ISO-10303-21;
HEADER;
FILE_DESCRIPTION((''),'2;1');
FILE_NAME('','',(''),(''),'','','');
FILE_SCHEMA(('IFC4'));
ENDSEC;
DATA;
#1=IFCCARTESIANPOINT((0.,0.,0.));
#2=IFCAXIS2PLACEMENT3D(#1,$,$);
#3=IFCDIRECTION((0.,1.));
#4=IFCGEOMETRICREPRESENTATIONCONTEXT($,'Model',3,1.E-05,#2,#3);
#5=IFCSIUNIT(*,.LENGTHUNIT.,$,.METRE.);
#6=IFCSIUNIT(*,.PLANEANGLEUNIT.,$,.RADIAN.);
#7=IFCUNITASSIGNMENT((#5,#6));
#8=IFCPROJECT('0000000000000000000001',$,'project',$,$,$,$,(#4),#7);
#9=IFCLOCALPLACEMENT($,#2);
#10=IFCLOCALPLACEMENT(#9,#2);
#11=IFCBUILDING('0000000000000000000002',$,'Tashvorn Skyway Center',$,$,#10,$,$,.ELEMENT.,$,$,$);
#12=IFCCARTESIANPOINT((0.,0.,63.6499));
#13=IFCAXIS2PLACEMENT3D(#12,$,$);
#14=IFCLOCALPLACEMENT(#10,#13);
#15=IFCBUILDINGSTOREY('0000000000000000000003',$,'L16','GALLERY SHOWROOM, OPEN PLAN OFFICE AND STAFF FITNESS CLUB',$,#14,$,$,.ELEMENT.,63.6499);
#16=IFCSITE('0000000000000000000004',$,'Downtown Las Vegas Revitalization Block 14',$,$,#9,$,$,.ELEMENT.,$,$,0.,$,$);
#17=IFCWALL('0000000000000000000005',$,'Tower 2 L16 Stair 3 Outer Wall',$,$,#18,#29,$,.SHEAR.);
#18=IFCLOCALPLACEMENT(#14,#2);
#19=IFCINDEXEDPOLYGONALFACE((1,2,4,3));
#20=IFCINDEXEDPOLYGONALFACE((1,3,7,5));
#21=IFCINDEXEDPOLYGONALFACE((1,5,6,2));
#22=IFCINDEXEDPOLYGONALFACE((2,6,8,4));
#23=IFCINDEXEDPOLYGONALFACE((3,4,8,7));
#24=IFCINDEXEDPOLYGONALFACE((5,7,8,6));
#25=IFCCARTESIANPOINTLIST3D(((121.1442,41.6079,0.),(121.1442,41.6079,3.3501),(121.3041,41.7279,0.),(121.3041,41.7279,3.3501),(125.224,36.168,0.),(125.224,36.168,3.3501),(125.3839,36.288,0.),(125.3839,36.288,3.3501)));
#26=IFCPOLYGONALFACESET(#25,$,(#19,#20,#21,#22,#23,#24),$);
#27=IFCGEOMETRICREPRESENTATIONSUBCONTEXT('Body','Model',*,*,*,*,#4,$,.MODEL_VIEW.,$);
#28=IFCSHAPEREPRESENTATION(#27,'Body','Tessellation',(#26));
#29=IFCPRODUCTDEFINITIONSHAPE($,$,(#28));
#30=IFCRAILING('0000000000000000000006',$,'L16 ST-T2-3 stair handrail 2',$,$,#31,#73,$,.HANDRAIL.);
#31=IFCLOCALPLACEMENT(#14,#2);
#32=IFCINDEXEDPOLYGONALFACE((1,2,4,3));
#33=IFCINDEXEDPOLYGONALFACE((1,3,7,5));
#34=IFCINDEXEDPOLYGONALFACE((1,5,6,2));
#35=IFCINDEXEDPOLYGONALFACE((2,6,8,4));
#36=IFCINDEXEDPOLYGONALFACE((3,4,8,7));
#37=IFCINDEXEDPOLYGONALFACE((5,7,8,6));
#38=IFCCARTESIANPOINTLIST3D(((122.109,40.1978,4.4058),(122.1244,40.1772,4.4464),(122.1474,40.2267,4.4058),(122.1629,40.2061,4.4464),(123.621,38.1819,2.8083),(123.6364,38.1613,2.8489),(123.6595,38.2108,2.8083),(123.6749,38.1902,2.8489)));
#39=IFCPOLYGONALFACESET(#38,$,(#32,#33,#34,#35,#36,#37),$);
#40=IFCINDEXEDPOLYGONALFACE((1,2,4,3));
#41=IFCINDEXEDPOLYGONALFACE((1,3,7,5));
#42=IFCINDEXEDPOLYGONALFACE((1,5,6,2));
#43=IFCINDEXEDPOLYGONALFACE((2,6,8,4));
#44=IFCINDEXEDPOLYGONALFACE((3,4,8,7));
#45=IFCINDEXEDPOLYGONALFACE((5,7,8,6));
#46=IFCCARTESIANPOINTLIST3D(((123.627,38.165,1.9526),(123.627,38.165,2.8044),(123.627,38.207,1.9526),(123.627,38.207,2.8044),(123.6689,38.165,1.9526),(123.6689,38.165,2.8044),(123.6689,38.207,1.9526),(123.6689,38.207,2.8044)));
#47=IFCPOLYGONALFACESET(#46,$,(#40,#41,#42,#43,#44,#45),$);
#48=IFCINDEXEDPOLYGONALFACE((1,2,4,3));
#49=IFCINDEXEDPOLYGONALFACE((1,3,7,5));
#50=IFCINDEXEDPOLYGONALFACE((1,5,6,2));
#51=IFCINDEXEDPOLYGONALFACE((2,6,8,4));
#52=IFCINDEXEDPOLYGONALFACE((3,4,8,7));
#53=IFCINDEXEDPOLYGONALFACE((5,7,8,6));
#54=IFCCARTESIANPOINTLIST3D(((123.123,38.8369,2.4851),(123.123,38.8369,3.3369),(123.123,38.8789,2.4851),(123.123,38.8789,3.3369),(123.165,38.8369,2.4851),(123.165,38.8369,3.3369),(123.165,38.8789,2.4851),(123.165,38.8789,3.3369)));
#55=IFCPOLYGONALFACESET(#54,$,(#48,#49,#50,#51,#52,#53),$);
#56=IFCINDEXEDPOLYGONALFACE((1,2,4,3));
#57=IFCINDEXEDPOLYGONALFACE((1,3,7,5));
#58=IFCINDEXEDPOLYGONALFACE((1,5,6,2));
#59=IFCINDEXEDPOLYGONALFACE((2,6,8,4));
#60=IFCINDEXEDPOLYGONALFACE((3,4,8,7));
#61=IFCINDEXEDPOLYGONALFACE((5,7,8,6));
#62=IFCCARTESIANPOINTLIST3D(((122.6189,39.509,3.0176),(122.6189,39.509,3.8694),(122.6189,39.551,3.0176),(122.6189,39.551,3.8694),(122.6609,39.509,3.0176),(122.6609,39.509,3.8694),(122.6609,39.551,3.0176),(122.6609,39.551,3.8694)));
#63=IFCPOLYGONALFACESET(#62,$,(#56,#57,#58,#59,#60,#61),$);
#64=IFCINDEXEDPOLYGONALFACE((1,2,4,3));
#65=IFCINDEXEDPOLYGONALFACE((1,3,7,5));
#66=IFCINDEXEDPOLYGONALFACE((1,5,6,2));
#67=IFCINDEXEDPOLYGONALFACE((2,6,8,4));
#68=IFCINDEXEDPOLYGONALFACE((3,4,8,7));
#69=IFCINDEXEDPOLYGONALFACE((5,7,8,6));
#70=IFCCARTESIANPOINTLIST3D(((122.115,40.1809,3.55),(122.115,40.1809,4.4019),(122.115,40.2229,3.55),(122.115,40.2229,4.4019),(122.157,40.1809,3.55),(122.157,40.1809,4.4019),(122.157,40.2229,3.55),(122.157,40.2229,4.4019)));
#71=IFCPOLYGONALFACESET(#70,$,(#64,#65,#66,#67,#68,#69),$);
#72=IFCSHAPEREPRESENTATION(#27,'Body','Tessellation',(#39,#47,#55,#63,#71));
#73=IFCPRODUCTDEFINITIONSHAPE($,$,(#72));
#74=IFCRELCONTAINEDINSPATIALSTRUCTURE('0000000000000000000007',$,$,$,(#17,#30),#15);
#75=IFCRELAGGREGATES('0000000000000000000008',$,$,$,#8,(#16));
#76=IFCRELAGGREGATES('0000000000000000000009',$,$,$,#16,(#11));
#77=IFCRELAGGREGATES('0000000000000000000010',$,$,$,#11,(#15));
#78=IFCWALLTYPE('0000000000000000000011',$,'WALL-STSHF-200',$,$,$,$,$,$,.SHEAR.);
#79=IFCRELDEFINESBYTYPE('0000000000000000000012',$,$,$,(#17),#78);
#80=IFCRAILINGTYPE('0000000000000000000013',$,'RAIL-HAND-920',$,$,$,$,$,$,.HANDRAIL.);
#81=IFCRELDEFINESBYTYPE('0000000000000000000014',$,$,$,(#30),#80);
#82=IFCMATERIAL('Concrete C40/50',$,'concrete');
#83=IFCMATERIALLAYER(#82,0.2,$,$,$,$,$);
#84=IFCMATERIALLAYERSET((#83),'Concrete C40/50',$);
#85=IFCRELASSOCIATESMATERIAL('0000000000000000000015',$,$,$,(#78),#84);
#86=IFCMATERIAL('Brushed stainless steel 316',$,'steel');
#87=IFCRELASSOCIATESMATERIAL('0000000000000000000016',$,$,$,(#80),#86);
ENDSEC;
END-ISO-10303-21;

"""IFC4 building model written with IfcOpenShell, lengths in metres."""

from ifc_helpers import new_model, si_unit, direction, frame, frame_2d, origin, origin_2d, place, context, subcontext, project, spatial, rectangle, extrude, material, layer, layer_set, type_object, element, save


model = new_model("IFC4")

# Units and contexts
model_context = context("Model", 3, precision=1e-05, world=origin(), true_north=direction((0.0, 1.0)))
body_context = subcontext(model_context, "Body", "Model", "MODEL_VIEW")
ifc_project = project(units=[si_unit("LENGTHUNIT", "METRE"), si_unit("PLANEANGLEUNIT", "RADIAN")], contexts=[model_context])

# Site, building, storey
site_placement = place(None, origin())
site = spatial("IfcSite", under=ifc_project, at=site_placement, Name="Downtown Las Vegas Revitalization Block 14", CompositionType="ELEMENT", RefElevation=0.0)
building_placement = place(site_placement, origin())
building = spatial("IfcBuilding", under=site, at=building_placement, Name="Tashvorn Skyway Center", CompositionType="ELEMENT")
storey_placement = place(building_placement, frame((0.0, 0.0, 63.6499)))
storey = spatial("IfcBuildingStorey", under=building, at=storey_placement, Name="L16", Description="GALLERY SHOWROOM, OPEN PLAN OFFICE AND STAFF FITNESS CLUB", CompositionType="ELEMENT", Elevation=63.6499)

# Wall
ifc_material_1 = material(Name="Concrete C40/50", Category="concrete")
ifc_layer_1 = layer(ifc_material_1, 0.2)
ifc_layer_set_1 = layer_set([ifc_layer_1], Name="Concrete C40/50")
wall_type_1 = type_object("IfcWallType", Name="WALL-STSHF-200", PredefinedType="SHEAR", material=ifc_layer_set_1)
wall_1_placement = place(storey_placement, frame((125.304, 36.228, 0.0), z_axis=(0.0, 0.0, 1.0), x_axis=(-0.599989, 0.800009, 0.0)))
element("IfcWall", 1, at=wall_1_placement, inside=storey, type_object=wall_type_1, Name="Tower 2 L16 Stair 3 Outer Wall", PredefinedType="SHEAR", context=body_context, shape_type="SweptSolid", body=[
    extrude(rectangle(XDim=6.7998, YDim=0.2, at=frame_2d((3.3999, 0.0))), origin(), (0.0, 0.0, 1.0), 3.3501),
])

# Railing
ifc_material_2 = material(Name="Brushed stainless steel 316", Category="steel")
railing_type = type_object("IfcRailingType", Name="RAIL-HAND-920", PredefinedType="HANDRAIL", material=ifc_material_2)
railing_placement = place(storey_placement, frame((123.6479, 38.186, 1.9526)))
element("IfcRailing", 2, at=railing_placement, inside=storey, type_object=railing_type, Name="L16 ST-T2-3 stair handrail 2", PredefinedType="HANDRAIL", context=body_context, shape_type="SweptSolid", body=[
    extrude(rectangle(XDim=0.0481, YDim=0.0481, at=origin_2d()), frame((0.0, 0.0, 0.876), z_axis=(-0.506769, 0.675664, 0.535409), x_axis=(-0.799988, -0.600016, 0.0)), (0.0, 0.0, 1.0), 2.9836),
    extrude(rectangle(XDim=0.042, YDim=0.042, at=origin_2d()), origin(), (0.0, 0.0, 1.0), 0.8518),
    extrude(rectangle(XDim=0.042, YDim=0.042, at=origin_2d()), frame((-0.5039, 0.6719, 0.5325)), (0.0, 0.0, 1.0), 0.8518),
    extrude(rectangle(XDim=0.042, YDim=0.042, at=origin_2d()), frame((-1.0081, 1.344, 1.0649)), (0.0, 0.0, 1.0), 0.8518),
    extrude(rectangle(XDim=0.042, YDim=0.042, at=origin_2d()), frame((-1.512, 2.0159, 1.5974)), (0.0, 0.0, 1.0), 0.8518),
])

save(model, "model.ifc")
